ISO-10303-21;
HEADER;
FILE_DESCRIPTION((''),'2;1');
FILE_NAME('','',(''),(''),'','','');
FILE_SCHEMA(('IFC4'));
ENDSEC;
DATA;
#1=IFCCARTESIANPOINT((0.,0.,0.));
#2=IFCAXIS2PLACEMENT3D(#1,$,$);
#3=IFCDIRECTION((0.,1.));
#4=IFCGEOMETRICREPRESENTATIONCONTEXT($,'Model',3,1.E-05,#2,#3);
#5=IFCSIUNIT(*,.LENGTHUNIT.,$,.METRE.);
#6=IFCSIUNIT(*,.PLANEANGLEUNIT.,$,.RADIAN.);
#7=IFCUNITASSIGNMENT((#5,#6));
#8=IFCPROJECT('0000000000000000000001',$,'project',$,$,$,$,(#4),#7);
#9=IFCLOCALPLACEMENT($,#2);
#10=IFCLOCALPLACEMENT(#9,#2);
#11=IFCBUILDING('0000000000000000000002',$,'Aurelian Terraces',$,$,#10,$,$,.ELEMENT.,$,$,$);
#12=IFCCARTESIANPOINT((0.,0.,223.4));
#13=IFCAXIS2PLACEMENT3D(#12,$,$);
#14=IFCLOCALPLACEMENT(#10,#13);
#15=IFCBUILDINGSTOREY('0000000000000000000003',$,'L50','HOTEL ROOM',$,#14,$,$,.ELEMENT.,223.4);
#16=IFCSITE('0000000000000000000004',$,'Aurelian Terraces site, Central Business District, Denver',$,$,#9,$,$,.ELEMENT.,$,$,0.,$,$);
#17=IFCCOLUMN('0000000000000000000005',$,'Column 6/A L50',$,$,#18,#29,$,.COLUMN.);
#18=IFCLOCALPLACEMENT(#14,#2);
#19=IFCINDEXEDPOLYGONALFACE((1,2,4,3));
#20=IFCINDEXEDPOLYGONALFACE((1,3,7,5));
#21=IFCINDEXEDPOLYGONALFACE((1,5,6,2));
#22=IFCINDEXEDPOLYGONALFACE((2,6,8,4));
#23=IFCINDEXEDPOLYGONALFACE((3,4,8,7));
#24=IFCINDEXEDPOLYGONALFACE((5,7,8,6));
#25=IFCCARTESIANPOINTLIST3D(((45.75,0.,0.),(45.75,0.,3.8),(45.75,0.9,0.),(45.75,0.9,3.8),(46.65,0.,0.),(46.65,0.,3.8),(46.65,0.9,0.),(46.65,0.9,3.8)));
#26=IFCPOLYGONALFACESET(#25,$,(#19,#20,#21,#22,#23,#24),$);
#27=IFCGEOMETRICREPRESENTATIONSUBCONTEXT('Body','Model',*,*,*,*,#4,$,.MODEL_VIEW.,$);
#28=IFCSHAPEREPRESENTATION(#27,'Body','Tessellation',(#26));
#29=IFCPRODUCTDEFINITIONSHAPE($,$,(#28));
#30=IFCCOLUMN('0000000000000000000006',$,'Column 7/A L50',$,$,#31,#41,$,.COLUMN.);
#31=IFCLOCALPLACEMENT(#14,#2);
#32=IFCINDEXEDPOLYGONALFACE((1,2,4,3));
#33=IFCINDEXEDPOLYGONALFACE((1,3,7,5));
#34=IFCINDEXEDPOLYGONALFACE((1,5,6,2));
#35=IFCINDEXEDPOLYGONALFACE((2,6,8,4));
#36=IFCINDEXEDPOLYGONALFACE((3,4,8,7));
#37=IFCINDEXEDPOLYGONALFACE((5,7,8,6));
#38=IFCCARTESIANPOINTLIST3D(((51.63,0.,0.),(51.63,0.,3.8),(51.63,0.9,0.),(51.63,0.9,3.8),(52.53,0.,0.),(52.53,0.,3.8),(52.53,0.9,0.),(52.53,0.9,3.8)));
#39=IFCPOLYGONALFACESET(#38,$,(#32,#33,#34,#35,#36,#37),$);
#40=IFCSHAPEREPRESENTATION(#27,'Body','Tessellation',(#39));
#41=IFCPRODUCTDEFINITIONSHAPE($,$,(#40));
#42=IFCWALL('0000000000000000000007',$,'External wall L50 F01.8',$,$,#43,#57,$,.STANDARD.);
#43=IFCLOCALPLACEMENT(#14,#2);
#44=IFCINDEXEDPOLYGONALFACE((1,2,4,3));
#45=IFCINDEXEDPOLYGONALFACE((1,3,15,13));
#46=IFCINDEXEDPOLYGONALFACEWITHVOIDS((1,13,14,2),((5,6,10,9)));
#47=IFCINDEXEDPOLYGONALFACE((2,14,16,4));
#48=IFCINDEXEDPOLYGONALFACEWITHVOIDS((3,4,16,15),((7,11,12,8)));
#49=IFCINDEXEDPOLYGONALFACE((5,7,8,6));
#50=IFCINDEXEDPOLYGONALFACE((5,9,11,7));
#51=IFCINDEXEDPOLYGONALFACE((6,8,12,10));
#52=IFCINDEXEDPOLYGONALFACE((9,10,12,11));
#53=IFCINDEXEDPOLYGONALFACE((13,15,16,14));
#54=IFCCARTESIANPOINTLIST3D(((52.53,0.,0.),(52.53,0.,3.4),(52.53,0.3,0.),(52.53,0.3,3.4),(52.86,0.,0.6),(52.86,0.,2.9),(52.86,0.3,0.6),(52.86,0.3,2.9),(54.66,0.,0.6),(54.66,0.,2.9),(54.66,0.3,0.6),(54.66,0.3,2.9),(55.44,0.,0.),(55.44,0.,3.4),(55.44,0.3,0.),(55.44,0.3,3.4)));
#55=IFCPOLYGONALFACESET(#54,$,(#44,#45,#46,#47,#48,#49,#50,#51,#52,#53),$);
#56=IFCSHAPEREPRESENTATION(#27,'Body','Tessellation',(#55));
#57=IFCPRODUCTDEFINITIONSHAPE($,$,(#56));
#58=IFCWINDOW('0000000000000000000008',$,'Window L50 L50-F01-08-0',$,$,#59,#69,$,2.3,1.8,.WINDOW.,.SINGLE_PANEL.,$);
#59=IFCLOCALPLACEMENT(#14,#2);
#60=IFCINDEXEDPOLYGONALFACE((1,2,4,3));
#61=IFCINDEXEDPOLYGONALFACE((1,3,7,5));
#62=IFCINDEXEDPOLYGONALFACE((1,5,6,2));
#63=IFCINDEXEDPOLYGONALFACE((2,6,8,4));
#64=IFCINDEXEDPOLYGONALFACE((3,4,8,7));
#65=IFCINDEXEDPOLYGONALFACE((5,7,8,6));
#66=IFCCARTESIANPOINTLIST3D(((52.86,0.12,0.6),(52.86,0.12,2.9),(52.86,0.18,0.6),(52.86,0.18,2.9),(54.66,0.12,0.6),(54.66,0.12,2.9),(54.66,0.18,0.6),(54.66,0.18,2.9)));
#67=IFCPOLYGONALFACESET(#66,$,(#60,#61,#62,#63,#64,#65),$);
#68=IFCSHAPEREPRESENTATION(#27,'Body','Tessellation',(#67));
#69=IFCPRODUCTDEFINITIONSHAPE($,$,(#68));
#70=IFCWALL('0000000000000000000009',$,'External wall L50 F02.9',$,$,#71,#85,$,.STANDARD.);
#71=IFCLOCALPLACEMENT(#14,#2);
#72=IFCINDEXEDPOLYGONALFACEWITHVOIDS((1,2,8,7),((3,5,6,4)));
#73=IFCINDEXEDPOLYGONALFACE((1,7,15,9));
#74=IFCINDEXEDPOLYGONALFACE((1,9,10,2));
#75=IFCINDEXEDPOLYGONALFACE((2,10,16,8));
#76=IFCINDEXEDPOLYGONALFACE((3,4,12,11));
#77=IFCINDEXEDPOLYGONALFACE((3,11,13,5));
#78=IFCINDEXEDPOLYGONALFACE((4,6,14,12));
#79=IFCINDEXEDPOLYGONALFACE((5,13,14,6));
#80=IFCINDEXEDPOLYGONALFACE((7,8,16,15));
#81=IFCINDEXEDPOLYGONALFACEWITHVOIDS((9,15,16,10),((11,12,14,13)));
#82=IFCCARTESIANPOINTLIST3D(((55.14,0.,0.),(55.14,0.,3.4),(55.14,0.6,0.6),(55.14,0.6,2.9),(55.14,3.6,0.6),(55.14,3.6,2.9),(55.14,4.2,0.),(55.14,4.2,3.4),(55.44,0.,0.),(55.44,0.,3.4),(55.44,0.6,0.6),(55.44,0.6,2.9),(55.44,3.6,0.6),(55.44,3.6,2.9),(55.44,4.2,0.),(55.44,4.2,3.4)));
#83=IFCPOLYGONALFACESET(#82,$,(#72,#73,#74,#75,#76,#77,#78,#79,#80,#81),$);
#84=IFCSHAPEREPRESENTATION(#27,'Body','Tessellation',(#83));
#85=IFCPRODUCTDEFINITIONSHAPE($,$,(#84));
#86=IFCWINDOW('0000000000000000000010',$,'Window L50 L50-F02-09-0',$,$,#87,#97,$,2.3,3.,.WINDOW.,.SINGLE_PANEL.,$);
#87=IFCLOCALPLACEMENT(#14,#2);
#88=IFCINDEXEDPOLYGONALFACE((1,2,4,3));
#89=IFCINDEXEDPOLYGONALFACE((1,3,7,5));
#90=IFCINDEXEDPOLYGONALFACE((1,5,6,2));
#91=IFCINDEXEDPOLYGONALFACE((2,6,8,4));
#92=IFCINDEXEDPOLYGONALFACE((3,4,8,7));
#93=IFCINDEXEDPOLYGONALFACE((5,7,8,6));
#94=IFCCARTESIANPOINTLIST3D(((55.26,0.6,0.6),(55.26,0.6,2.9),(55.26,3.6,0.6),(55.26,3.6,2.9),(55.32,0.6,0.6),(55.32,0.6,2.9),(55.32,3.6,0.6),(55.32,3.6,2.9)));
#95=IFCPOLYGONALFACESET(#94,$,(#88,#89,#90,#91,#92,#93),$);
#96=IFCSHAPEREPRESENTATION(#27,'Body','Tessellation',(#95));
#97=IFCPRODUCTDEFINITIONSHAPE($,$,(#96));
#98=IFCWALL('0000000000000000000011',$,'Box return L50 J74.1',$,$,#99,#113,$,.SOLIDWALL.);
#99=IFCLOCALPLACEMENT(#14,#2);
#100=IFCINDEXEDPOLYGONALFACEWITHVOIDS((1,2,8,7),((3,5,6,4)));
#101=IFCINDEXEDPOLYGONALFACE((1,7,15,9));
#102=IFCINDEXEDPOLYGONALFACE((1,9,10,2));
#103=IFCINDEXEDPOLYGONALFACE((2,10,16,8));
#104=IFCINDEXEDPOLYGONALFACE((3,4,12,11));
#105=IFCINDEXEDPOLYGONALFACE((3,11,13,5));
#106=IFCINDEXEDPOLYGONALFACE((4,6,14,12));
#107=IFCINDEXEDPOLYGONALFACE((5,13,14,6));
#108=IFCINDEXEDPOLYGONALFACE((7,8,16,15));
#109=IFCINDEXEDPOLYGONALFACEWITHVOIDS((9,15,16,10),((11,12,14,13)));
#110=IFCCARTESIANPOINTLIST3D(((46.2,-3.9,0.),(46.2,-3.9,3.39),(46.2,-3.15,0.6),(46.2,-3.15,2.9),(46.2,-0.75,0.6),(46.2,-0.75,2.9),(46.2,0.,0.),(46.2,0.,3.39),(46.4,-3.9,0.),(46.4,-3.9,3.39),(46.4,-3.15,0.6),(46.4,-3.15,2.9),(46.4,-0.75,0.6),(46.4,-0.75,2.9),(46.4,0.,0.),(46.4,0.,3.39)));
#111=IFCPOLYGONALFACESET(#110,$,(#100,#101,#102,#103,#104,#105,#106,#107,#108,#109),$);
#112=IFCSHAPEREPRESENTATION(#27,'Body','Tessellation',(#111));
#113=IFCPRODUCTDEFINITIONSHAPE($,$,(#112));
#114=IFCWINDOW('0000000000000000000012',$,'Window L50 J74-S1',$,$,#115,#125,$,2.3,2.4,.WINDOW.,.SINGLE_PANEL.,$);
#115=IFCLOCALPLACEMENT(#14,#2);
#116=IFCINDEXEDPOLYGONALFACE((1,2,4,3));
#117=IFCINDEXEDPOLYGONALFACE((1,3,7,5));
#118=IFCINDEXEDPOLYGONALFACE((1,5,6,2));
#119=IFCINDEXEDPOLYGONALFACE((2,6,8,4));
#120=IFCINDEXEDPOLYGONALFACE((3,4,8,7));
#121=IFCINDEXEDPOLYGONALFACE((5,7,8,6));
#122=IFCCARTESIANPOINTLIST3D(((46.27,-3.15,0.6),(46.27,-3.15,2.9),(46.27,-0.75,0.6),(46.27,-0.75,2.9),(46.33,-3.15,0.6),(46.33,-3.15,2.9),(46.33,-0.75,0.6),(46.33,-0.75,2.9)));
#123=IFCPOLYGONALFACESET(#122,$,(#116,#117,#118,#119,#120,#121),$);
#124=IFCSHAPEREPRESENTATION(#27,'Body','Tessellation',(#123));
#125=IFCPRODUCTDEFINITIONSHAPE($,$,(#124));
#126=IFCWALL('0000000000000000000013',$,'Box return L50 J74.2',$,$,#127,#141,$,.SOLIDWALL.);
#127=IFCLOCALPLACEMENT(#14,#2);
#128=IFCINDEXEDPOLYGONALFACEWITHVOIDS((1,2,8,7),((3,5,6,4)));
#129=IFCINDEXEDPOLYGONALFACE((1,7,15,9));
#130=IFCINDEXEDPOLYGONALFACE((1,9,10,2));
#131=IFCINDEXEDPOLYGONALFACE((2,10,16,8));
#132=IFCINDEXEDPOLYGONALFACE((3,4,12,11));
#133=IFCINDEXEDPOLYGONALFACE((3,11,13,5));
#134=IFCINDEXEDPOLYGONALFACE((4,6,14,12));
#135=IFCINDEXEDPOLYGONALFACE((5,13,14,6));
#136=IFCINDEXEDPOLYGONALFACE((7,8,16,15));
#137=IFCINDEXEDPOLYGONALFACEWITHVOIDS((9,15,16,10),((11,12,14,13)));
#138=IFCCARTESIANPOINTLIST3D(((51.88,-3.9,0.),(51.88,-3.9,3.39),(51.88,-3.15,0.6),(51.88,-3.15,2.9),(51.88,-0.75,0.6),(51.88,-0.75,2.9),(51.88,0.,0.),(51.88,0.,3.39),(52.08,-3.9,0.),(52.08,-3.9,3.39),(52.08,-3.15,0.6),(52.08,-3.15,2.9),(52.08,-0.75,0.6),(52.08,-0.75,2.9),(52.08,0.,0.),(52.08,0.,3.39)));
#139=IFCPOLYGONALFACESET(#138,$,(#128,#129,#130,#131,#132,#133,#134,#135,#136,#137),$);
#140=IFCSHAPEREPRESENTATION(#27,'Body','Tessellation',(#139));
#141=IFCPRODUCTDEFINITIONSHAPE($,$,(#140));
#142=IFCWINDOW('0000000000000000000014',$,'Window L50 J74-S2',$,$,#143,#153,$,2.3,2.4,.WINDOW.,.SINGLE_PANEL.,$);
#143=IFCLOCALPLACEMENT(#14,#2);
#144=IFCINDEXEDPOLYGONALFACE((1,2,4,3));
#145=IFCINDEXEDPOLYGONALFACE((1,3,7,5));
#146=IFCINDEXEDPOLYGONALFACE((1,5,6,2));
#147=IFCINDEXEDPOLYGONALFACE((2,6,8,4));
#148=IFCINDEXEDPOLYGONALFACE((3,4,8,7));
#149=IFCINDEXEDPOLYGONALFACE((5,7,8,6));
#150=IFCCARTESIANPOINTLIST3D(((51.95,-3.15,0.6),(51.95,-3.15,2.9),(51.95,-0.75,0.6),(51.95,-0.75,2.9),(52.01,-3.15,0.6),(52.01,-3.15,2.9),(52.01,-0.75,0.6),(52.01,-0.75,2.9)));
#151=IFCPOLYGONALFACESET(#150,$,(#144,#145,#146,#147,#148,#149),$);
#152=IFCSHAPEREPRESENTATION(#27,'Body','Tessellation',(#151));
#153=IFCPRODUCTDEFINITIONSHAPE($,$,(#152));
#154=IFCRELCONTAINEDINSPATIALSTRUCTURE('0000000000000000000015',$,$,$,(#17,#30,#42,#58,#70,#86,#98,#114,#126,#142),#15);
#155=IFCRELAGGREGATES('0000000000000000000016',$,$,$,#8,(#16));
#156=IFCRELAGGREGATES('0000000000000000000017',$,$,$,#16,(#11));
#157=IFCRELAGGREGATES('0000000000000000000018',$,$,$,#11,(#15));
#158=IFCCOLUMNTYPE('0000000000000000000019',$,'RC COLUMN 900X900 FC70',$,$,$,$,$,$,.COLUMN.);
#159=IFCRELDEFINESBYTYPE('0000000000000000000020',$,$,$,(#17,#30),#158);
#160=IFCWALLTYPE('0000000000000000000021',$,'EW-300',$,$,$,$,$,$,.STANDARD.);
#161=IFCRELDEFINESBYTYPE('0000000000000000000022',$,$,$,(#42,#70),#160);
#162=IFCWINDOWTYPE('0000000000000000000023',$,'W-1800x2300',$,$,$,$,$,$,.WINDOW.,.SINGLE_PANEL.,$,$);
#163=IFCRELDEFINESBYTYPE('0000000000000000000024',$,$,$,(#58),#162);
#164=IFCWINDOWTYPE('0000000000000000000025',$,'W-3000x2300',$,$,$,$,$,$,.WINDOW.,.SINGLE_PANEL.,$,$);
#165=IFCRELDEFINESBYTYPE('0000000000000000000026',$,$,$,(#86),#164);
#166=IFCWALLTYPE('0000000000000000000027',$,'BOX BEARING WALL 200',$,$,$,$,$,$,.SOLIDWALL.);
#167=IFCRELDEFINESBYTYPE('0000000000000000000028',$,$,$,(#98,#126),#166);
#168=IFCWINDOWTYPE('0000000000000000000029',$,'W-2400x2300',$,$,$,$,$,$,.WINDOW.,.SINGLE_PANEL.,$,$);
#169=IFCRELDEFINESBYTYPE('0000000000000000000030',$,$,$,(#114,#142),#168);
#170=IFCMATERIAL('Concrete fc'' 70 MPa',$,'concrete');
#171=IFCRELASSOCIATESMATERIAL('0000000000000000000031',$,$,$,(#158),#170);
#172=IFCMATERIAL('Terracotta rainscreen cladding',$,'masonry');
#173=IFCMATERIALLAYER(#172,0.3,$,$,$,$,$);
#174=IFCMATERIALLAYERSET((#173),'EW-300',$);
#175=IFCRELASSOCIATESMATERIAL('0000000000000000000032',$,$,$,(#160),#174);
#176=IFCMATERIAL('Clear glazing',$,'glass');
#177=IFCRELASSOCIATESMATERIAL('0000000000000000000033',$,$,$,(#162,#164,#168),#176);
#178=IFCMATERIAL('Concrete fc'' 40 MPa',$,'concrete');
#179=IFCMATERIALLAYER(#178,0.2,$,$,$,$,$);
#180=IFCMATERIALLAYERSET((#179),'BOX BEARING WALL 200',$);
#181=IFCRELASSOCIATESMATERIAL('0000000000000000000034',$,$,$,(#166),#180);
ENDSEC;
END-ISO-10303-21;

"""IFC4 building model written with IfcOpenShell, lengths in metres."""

from ifc_helpers import new_model, si_unit, direction, frame, frame_2d, origin, origin_2d, place, context, subcontext, project, spatial, rectangle, extrude, source, transform, mapped, material, layer, layer_set, material_profile, profile_set, type_object, element, fill, save


model = new_model("IFC4")

# Units and contexts
model_context = context("Model", 3, precision=1e-05, world=origin(), true_north=direction((0.0, 1.0)))
body_context = subcontext(model_context, "Body", "Model", "MODEL_VIEW")
ifc_project = project(units=[si_unit("LENGTHUNIT", "METRE"), si_unit("PLANEANGLEUNIT", "RADIAN")], contexts=[model_context])

# Site, building, storey
site_placement = place(None, origin())
site = spatial("IfcSite", under=ifc_project, at=site_placement, Name="Aurelian Terraces site, Central Business District, Denver", CompositionType="ELEMENT", RefElevation=0.0)
building_placement = place(site_placement, origin())
building = spatial("IfcBuilding", under=site, at=building_placement, Name="Aurelian Terraces", CompositionType="ELEMENT")
storey_placement = place(building_placement, frame((0.0, 0.0, 223.4)))
storey = spatial("IfcBuildingStorey", under=building, at=storey_placement, Name="L50", Description="HOTEL ROOM", CompositionType="ELEMENT", Elevation=223.4)

# Columns
ifc_material_1 = material(Name="Concrete fc' 70 MPa", Category="concrete")
ifc_material_profile = material_profile(ifc_material_1, rectangle(XDim=0.9, YDim=0.9, at=origin_2d()))
ifc_profile_set = profile_set([ifc_material_profile], Name="Concrete fc' 70 MPa")
column_type = type_object("IfcColumnType", Name="RC COLUMN 900X900 FC70", PredefinedType="COLUMN", material=ifc_profile_set)
shared_shape_1 = source(origin(), body_context, "Body", "SweptSolid", [
    extrude(rectangle(XDim=0.9, YDim=0.9, at=origin_2d()), origin(), (0.0, 0.0, 1.0), 3.8),
])
for number, where, z_axis, x_axis, name in (
    (1, (46.2, 0.45, 0.0), (0.0, 0.0, 1.0), (1.0, 0.0, 0.0), "Column 6/A L50"),
    (2, (52.08, 0.45, 0.0), (0.0, 0.0, 1.0), (1.0, 0.0, 0.0), "Column 7/A L50"),
):
    element("IfcColumn", number, at=place(storey_placement, frame(where, z_axis=z_axis, x_axis=x_axis)), inside=storey, type_object=column_type, Name=name, PredefinedType="COLUMN", context=body_context, shape_type="MappedRepresentation", body=[
        mapped(shared_shape_1, transform((0.0, 0.0, 0.0), scale=1.0)),
    ])

# Walls, openings, windows
ifc_material_2 = material(Name="Terracotta rainscreen cladding", Category="masonry")
ifc_layer_1 = layer(ifc_material_2, 0.3)
ifc_layer_set_1 = layer_set([ifc_layer_1], Name="EW-300")
wall_type_1 = type_object("IfcWallType", Name="EW-300", PredefinedType="STANDARD", material=ifc_layer_set_1)
shared_shape_2 = source(origin(), body_context, "Body", "SweptSolid", [
    extrude(rectangle(XDim=2.91, YDim=0.3, at=frame_2d((1.455, 0.0))), origin(), (0.0, 0.0, 1.0), 3.4),
])
wall_1_placement = place(storey_placement, frame((52.53, 0.15, 0.0), z_axis=(0.0, 0.0, 1.0), x_axis=(1.0, 0.0, 0.0)))
wall_1 = element("IfcWall", 3, at=wall_1_placement, inside=storey, type_object=wall_type_1, Name="External wall L50 F01.8", PredefinedType="STANDARD", context=body_context, shape_type="MappedRepresentation", body=[
    mapped(shared_shape_2, transform((0.0, 0.0, 0.0), scale=1.0)),
])
shared_shape_3 = source(origin(), body_context, "Body", "SweptSolid", [
    extrude(rectangle(XDim=1.8, YDim=2.3, at=frame_2d((0.9, 1.15))), frame((0.0, 0.16, 0.0), z_axis=(0.0, -1.0, 0.0), x_axis=(1.0, 0.0, 0.0)), (0.0, 0.0, 1.0), 0.32),
])
opening_1_placement = place(wall_1_placement, frame((0.33, 0.0, 0.6)))
opening_1 = element("IfcOpeningElement", 4, at=opening_1_placement, cuts=wall_1, PredefinedType="OPENING", context=body_context, shape_type="MappedRepresentation", body=[
    mapped(shared_shape_3, transform((0.0, 0.0, 0.0), scale=1.0)),
])
ifc_material_3 = material(Name="Clear glazing", Category="glass")
window_type_1 = type_object("IfcWindowType", Name="W-1800x2300", PartitioningType="SINGLE_PANEL", PredefinedType="WINDOW", material=ifc_material_3)
shared_shape_4 = source(origin(), body_context, "Body", "SweptSolid", [
    extrude(rectangle(XDim=1.8, YDim=2.3, at=frame_2d((0.9, 1.15))), frame((0.0, 0.03, 0.0), z_axis=(0.0, -1.0, 0.0), x_axis=(1.0, 0.0, 0.0)), (0.0, 0.0, 1.0), 0.06),
])
window_1_placement = place(opening_1_placement, origin())
window_1 = element("IfcWindow", 5, at=window_1_placement, inside=storey, type_object=window_type_1, Name="Window L50 L50-F01-08-0", OverallHeight=2.3, OverallWidth=1.8, PartitioningType="SINGLE_PANEL", PredefinedType="WINDOW", context=body_context, shape_type="MappedRepresentation", body=[
    mapped(shared_shape_4, transform((0.0, 0.0, 0.0), scale=1.0)),
])
fill(opening_1, window_1)
shared_shape_5 = source(origin(), body_context, "Body", "SweptSolid", [
    extrude(rectangle(XDim=4.2, YDim=0.3, at=frame_2d((2.1, 0.0))), origin(), (0.0, 0.0, 1.0), 3.4),
])
wall_2_placement = place(storey_placement, frame((55.29, 0.0, 0.0), z_axis=(0.0, 0.0, 1.0), x_axis=(0.0, 1.0, 0.0)))
wall_2 = element("IfcWall", 6, at=wall_2_placement, inside=storey, type_object=wall_type_1, Name="External wall L50 F02.9", PredefinedType="STANDARD", context=body_context, shape_type="MappedRepresentation", body=[
    mapped(shared_shape_5, transform((0.0, 0.0, 0.0), scale=1.0)),
])
shared_shape_6 = source(origin(), body_context, "Body", "SweptSolid", [
    extrude(rectangle(XDim=3.0, YDim=2.3, at=frame_2d((1.5, 1.15))), frame((0.0, 0.16, 0.0), z_axis=(0.0, -1.0, 0.0), x_axis=(1.0, 0.0, 0.0)), (0.0, 0.0, 1.0), 0.32),
])
opening_2_placement = place(wall_2_placement, frame((0.6, 0.0, 0.6)))
opening_2 = element("IfcOpeningElement", 7, at=opening_2_placement, cuts=wall_2, PredefinedType="OPENING", context=body_context, shape_type="MappedRepresentation", body=[
    mapped(shared_shape_6, transform((0.0, 0.0, 0.0), scale=1.0)),
])
window_type_2 = type_object("IfcWindowType", Name="W-3000x2300", PartitioningType="SINGLE_PANEL", PredefinedType="WINDOW", material=ifc_material_3)
shared_shape_7 = source(origin(), body_context, "Body", "SweptSolid", [
    extrude(rectangle(XDim=3.0, YDim=2.3, at=frame_2d((1.5, 1.15))), frame((0.0, 0.03, 0.0), z_axis=(0.0, -1.0, 0.0), x_axis=(1.0, 0.0, 0.0)), (0.0, 0.0, 1.0), 0.06),
])
window_2_placement = place(opening_2_placement, origin())
window_2 = element("IfcWindow", 8, at=window_2_placement, inside=storey, type_object=window_type_2, Name="Window L50 L50-F02-09-0", OverallHeight=2.3, OverallWidth=3.0, PartitioningType="SINGLE_PANEL", PredefinedType="WINDOW", context=body_context, shape_type="MappedRepresentation", body=[
    mapped(shared_shape_7, transform((0.0, 0.0, 0.0), scale=1.0)),
])
fill(opening_2, window_2)
ifc_material_4 = material(Name="Concrete fc' 40 MPa", Category="concrete")
ifc_layer_2 = layer(ifc_material_4, 0.2)
ifc_layer_set_2 = layer_set([ifc_layer_2], Name="BOX BEARING WALL 200")
wall_type_2 = type_object("IfcWallType", Name="BOX BEARING WALL 200", PredefinedType="SOLIDWALL", material=ifc_layer_set_2)
shared_shape_8 = source(origin(), body_context, "Body", "SweptSolid", [
    extrude(rectangle(XDim=3.9, YDim=0.2, at=frame_2d((1.95, 0.0))), origin(), (0.0, 0.0, 1.0), 3.39),
])
wall_3_placement = place(storey_placement, frame((46.3, 0.0, 0.0), z_axis=(0.0, 0.0, 1.0), x_axis=(0.0, -1.0, 0.0)))
wall_3 = element("IfcWall", 9, at=wall_3_placement, inside=storey, type_object=wall_type_2, Name="Box return L50 J74.1", PredefinedType="SOLIDWALL", context=body_context, shape_type="MappedRepresentation", body=[
    mapped(shared_shape_8, transform((0.0, 0.0, 0.0), scale=1.0)),
])
shared_shape_9 = source(origin(), body_context, "Body", "SweptSolid", [
    extrude(rectangle(XDim=2.4, YDim=2.3, at=frame_2d((1.2, 1.15))), frame((0.0, 0.11, 0.0), z_axis=(0.0, -1.0, 0.0), x_axis=(1.0, 0.0, 0.0)), (0.0, 0.0, 1.0), 0.22),
])
opening_3_placement = place(wall_3_placement, frame((0.75, 0.0, 0.6)))
opening_3 = element("IfcOpeningElement", 10, at=opening_3_placement, cuts=wall_3, PredefinedType="OPENING", context=body_context, shape_type="MappedRepresentation", body=[
    mapped(shared_shape_9, transform((0.0, 0.0, 0.0), scale=1.0)),
])
window_type_3 = type_object("IfcWindowType", Name="W-2400x2300", PartitioningType="SINGLE_PANEL", PredefinedType="WINDOW", material=ifc_material_3)
shared_shape_10 = source(origin(), body_context, "Body", "SweptSolid", [
    extrude(rectangle(XDim=2.4, YDim=2.3, at=frame_2d((1.2, 1.15))), frame((0.0, 0.03, 0.0), z_axis=(0.0, -1.0, 0.0), x_axis=(1.0, 0.0, 0.0)), (0.0, 0.0, 1.0), 0.06),
])
window_3_placement = place(opening_3_placement, origin())
window_3 = element("IfcWindow", 11, at=window_3_placement, inside=storey, type_object=window_type_3, Name="Window L50 J74-S1", OverallHeight=2.3, OverallWidth=2.4, PartitioningType="SINGLE_PANEL", PredefinedType="WINDOW", context=body_context, shape_type="MappedRepresentation", body=[
    mapped(shared_shape_10, transform((0.0, 0.0, 0.0), scale=1.0)),
])
fill(opening_3, window_3)
wall_4_placement = place(storey_placement, frame((51.98, 0.0, 0.0), z_axis=(0.0, 0.0, 1.0), x_axis=(0.0, -1.0, 0.0)))
wall_4 = element("IfcWall", 12, at=wall_4_placement, inside=storey, type_object=wall_type_2, Name="Box return L50 J74.2", PredefinedType="SOLIDWALL", context=body_context, shape_type="MappedRepresentation", body=[
    mapped(shared_shape_8, transform((0.0, 0.0, 0.0), scale=1.0)),
])
opening_4_placement = place(wall_4_placement, frame((0.75, 0.0, 0.6)))
opening_4 = element("IfcOpeningElement", 13, at=opening_4_placement, cuts=wall_4, PredefinedType="OPENING", context=body_context, shape_type="MappedRepresentation", body=[
    mapped(shared_shape_9, transform((0.0, 0.0, 0.0), scale=1.0)),
])
window_4_placement = place(opening_4_placement, origin())
window_4 = element("IfcWindow", 14, at=window_4_placement, inside=storey, type_object=window_type_3, Name="Window L50 J74-S2", OverallHeight=2.3, OverallWidth=2.4, PartitioningType="SINGLE_PANEL", PredefinedType="WINDOW", context=body_context, shape_type="MappedRepresentation", body=[
    mapped(shared_shape_10, transform((0.0, 0.0, 0.0), scale=1.0)),
])
fill(opening_4, window_4)

save(model, "model.ifc")
